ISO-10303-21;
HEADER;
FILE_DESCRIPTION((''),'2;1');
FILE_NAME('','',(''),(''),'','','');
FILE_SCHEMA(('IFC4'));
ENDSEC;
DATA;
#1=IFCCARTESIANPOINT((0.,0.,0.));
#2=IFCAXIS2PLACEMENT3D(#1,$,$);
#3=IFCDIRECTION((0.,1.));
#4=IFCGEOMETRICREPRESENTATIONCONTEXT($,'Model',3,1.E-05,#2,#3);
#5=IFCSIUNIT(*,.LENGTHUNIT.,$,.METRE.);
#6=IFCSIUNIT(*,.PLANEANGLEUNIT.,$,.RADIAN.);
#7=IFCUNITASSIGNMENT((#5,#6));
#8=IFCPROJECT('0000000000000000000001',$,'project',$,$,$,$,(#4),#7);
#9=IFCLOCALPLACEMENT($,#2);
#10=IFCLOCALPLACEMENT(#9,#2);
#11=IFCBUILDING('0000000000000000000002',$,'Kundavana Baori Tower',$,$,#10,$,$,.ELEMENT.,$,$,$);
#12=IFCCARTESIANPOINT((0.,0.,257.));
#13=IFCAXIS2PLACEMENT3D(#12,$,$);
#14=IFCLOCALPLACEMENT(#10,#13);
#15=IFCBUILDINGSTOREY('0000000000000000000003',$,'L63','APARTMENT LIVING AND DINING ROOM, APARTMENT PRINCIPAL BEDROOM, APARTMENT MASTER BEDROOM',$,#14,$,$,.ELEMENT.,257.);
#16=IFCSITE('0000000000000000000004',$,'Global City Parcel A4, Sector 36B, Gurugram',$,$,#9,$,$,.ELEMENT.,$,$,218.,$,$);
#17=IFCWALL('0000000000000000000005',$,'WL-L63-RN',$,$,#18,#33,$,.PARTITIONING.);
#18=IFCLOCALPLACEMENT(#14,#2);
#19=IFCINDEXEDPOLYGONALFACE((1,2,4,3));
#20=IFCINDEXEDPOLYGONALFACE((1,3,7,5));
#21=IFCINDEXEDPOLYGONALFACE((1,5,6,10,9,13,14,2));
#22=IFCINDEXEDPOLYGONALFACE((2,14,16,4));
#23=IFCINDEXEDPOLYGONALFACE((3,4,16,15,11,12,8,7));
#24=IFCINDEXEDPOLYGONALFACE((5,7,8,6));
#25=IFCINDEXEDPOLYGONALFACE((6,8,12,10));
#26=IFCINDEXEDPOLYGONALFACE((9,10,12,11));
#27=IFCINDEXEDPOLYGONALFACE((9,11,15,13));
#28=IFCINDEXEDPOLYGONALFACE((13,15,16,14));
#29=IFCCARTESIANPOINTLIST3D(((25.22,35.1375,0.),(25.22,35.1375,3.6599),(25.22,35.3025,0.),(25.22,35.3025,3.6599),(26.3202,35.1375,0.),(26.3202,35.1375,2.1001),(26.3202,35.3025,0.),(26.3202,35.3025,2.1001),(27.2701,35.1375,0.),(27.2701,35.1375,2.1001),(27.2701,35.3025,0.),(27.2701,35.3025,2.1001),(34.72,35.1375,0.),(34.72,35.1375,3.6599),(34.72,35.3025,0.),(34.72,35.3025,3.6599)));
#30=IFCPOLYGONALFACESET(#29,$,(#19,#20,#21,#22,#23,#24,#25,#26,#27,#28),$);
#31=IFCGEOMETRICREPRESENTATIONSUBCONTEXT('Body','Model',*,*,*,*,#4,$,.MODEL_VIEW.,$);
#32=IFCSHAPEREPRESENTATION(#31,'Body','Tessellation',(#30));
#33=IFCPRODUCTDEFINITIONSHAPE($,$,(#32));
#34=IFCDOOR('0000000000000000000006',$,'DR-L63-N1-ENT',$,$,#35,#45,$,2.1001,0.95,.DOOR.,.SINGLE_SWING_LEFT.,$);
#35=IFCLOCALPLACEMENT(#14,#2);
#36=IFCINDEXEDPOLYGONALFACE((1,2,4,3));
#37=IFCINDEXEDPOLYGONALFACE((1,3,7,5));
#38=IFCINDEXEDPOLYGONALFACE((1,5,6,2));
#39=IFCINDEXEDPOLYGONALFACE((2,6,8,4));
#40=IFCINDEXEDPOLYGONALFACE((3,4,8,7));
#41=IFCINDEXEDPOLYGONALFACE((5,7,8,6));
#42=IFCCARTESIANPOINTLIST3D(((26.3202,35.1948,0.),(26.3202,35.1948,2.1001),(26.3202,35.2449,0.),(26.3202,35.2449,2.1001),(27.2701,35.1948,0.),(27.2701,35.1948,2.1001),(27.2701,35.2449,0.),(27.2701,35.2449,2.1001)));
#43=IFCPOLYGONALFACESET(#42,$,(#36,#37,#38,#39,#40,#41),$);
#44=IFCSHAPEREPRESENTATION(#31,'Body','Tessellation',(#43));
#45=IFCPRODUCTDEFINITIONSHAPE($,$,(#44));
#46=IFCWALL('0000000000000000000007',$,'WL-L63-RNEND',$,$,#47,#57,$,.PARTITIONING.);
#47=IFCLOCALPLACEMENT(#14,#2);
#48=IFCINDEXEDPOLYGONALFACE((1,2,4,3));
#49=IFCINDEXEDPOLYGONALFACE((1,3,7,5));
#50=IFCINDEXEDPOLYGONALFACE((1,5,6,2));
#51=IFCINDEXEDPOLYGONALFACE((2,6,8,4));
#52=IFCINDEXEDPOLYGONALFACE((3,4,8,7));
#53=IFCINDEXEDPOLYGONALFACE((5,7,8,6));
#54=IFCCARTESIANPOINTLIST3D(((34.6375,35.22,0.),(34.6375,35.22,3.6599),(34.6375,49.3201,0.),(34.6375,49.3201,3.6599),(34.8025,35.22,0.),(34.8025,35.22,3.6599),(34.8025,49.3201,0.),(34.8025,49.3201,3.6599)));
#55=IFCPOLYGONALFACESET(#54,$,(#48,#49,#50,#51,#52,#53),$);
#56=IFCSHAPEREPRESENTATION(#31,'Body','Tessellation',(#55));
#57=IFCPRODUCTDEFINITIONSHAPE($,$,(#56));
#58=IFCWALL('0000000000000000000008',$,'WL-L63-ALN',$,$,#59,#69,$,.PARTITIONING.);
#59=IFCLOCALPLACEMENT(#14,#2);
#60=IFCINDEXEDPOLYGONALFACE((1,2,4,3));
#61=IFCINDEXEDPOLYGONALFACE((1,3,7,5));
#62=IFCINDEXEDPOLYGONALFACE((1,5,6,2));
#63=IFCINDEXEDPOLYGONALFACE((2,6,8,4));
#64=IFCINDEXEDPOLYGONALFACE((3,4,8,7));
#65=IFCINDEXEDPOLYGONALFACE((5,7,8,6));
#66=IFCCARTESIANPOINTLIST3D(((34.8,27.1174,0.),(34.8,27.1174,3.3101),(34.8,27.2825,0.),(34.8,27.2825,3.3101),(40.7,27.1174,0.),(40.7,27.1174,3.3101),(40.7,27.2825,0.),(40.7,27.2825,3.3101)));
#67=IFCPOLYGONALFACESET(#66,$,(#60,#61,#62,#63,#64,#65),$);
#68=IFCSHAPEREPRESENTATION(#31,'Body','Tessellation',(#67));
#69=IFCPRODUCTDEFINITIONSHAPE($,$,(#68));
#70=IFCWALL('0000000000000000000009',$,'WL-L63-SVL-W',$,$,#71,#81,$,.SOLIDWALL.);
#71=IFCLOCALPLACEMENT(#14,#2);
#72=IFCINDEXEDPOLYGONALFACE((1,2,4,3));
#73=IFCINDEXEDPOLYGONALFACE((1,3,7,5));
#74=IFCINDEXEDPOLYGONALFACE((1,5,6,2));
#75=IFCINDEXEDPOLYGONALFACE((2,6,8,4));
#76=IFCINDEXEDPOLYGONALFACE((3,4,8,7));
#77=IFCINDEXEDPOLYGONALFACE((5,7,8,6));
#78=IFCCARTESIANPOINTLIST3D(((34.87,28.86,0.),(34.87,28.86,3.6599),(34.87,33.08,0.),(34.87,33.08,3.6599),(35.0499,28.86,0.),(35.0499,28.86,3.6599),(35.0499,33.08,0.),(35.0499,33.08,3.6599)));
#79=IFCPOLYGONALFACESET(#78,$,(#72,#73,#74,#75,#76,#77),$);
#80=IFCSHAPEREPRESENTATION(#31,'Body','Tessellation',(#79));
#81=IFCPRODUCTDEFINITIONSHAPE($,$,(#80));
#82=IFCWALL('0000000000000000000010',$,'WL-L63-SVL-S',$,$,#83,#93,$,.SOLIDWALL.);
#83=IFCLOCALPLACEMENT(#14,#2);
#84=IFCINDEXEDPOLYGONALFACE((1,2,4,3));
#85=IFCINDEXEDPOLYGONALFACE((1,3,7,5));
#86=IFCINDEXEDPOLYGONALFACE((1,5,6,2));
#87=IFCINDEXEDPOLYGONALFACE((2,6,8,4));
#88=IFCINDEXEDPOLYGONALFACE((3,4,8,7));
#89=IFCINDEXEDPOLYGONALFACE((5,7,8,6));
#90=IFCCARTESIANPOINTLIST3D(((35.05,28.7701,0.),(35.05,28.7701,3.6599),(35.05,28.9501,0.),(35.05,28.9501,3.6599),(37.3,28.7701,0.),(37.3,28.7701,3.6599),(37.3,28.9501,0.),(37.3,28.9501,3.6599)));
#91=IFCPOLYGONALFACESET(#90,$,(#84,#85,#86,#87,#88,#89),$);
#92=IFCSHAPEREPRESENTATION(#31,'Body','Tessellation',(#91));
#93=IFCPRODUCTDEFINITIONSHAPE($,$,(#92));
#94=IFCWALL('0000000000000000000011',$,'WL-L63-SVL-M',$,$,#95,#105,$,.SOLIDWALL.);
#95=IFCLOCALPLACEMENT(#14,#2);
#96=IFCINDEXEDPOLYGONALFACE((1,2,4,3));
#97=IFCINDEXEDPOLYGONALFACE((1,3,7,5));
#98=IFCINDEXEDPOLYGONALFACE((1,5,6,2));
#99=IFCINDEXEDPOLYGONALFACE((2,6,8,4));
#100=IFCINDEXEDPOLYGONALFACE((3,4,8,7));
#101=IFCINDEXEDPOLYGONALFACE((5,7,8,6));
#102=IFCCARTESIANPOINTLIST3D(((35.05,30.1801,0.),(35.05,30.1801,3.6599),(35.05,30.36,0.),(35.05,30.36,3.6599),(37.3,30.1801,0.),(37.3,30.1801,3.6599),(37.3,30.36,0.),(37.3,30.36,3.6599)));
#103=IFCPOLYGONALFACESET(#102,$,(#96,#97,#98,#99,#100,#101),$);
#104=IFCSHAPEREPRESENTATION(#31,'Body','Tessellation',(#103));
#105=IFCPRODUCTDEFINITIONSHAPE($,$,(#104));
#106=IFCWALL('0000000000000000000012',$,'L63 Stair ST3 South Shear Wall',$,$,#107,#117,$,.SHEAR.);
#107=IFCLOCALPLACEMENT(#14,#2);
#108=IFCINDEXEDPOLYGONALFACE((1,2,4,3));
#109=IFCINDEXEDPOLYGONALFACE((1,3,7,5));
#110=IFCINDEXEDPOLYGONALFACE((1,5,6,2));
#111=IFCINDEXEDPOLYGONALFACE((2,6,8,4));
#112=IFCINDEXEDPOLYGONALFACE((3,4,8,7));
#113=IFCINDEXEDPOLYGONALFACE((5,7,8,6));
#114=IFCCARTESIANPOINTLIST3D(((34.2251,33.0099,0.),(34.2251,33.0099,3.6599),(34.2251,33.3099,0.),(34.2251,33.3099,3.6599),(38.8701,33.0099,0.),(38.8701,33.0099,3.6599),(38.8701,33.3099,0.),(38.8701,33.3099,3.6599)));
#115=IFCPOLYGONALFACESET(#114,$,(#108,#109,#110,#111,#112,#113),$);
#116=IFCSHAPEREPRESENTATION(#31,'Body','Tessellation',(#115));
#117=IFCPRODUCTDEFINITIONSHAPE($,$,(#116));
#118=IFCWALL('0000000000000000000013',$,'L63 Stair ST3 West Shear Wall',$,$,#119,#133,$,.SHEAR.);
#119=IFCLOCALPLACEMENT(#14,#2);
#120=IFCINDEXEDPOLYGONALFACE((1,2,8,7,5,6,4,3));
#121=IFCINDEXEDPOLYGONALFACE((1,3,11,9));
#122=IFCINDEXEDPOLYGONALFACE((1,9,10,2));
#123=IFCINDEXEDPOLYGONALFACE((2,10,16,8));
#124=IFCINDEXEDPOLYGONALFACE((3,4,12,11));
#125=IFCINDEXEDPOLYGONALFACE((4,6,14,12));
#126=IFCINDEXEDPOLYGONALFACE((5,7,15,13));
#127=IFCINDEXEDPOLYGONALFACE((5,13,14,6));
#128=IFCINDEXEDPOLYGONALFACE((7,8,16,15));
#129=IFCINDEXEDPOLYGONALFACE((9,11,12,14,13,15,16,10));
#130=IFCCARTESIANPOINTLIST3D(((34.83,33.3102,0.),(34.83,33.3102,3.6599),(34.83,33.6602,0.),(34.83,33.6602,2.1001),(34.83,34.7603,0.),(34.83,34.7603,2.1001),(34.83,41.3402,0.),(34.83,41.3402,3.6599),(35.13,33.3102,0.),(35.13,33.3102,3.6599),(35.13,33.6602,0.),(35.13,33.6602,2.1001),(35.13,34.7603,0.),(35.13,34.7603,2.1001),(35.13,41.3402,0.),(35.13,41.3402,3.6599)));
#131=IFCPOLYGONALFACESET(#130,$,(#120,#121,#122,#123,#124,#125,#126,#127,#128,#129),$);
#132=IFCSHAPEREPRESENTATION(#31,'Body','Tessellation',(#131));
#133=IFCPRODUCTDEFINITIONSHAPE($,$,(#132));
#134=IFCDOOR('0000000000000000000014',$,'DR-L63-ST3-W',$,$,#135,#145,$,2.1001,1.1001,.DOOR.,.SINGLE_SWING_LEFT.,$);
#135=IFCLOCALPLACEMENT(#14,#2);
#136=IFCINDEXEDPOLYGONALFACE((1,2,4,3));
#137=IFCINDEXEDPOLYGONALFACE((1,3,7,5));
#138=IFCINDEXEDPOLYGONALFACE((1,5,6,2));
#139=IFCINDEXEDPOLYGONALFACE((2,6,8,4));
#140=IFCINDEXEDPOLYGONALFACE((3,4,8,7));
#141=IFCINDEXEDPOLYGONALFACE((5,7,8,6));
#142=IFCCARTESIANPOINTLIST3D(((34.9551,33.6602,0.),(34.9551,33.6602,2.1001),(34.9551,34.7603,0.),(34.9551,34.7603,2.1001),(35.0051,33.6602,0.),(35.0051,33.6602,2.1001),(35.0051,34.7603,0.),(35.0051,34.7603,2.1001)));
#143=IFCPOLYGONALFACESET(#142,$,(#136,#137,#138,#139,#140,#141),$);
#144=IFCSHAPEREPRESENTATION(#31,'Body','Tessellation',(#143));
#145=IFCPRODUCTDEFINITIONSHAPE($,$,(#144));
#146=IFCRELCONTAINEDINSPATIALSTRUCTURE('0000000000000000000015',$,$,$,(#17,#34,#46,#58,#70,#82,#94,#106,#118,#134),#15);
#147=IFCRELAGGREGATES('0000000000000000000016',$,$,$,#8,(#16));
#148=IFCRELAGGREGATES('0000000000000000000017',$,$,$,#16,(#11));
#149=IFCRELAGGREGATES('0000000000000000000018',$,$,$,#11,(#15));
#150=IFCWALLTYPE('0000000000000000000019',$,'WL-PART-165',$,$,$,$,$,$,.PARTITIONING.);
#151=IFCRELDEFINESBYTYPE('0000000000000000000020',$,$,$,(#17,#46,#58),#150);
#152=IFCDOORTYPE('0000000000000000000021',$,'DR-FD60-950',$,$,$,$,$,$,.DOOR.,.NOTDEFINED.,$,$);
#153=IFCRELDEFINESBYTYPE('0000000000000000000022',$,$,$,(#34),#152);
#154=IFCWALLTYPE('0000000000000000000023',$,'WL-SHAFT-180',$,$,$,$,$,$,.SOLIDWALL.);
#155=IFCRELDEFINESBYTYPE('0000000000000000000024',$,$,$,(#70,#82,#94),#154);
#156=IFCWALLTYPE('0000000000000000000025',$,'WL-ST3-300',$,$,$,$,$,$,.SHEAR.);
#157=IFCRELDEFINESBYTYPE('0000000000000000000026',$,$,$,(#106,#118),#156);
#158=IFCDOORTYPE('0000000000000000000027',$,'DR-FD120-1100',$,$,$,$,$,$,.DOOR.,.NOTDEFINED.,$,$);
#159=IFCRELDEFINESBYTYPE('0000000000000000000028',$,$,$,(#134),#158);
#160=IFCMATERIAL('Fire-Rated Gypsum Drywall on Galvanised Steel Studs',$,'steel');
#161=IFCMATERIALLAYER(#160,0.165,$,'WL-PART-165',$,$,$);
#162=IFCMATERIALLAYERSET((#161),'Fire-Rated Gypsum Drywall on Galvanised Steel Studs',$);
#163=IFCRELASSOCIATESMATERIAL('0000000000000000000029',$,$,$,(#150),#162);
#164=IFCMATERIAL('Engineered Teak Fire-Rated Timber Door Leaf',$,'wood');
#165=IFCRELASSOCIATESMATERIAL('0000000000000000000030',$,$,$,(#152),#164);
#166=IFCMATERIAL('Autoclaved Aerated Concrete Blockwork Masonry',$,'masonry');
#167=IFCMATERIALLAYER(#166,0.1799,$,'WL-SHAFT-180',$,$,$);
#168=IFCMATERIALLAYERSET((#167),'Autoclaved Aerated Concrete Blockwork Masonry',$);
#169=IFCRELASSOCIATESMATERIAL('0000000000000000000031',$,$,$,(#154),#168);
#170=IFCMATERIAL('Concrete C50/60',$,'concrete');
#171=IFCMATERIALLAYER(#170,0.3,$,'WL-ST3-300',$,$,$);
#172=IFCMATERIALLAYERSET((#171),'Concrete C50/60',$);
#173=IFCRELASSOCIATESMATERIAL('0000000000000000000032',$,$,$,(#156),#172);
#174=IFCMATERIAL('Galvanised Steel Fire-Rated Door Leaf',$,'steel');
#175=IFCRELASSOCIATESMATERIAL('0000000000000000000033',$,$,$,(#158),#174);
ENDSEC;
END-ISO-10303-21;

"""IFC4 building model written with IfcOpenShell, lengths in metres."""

from ifc_helpers import new_model, si_unit, direction, frame, frame_2d, origin, place, context, subcontext, project, spatial, rectangle, extrude, material, layer, layer_set, type_object, element, fill, save


model = new_model("IFC4")

# Units and contexts
model_context = context("Model", 3, precision=1e-05, world=origin(), true_north=direction((0.0, 1.0)))
body_context = subcontext(model_context, "Body", "Model", "MODEL_VIEW")
ifc_project = project(units=[si_unit("LENGTHUNIT", "METRE"), si_unit("PLANEANGLEUNIT", "RADIAN")], contexts=[model_context])

# Site, building, storey
site_placement = place(None, origin())
site = spatial("IfcSite", under=ifc_project, at=site_placement, Name="Global City Parcel A4, Sector 36B, Gurugram", CompositionType="ELEMENT", RefElevation=218.0)
building_placement = place(site_placement, origin())
building = spatial("IfcBuilding", under=site, at=building_placement, Name="Kundavana Baori Tower", CompositionType="ELEMENT")
storey_placement = place(building_placement, frame((0.0, 0.0, 257.0)))
storey = spatial("IfcBuildingStorey", under=building, at=storey_placement, Name="L63", Description="APARTMENT LIVING AND DINING ROOM, APARTMENT PRINCIPAL BEDROOM, APARTMENT MASTER BEDROOM", CompositionType="ELEMENT", Elevation=257.0)

# Wall, opening, door
ifc_material_1 = material(Name="Fire-Rated Gypsum Drywall on Galvanised Steel Studs", Category="steel")
ifc_layer_1 = layer(ifc_material_1, 0.165, Name="WL-PART-165")
ifc_layer_set_1 = layer_set([ifc_layer_1], Name="Fire-Rated Gypsum Drywall on Galvanised Steel Studs")
wall_type_1 = type_object("IfcWallType", Name="WL-PART-165", PredefinedType="PARTITIONING", material=ifc_layer_set_1)
wall_1_placement = place(storey_placement, frame((25.22, 35.22, 0.0), z_axis=(0.0, 0.0, 1.0), x_axis=(1.0, 0.0, 0.0)))
wall_1 = element("IfcWall", 1, at=wall_1_placement, inside=storey, type_object=wall_type_1, Name="WL-L63-RN", PredefinedType="PARTITIONING", context=body_context, shape_type="SweptSolid", body=[
    extrude(rectangle(XDim=9.5, YDim=0.165, at=frame_2d((4.75, 0.0))), origin(), (0.0, 0.0, 1.0), 3.6599),
])
opening_1_placement = place(wall_1_placement, frame((1.1001, 0.0, 0.0)))
opening_1 = element("IfcOpeningElement", 2, at=opening_1_placement, cuts=wall_1, PredefinedType="OPENING", context=body_context, shape_type="SweptSolid", body=[
    extrude(rectangle(XDim=0.95, YDim=2.1001, at=frame_2d((0.4751, 1.05))), frame((0.0, 0.0925, 0.0), z_axis=(0.0, -1.0, 0.0), x_axis=(1.0, 0.0, 0.0)), (0.0, 0.0, 1.0), 0.1851),
])
ifc_material_2 = material(Name="Engineered Teak Fire-Rated Timber Door Leaf", Category="wood")
door_type_1 = type_object("IfcDoorType", Name="DR-FD60-950", OperationType="NOTDEFINED", PredefinedType="DOOR", material=ifc_material_2)
door_1_placement = place(opening_1_placement, origin())
door_1 = element("IfcDoor", 3, at=door_1_placement, inside=storey, type_object=door_type_1, Name="DR-L63-N1-ENT", OperationType="SINGLE_SWING_LEFT", OverallHeight=2.1001, OverallWidth=0.95, PredefinedType="DOOR", context=body_context, shape_type="SweptSolid", body=[
    extrude(rectangle(XDim=0.95, YDim=2.1001, at=frame_2d((0.4751, 1.05))), frame((0.0, 0.0249, 0.0), z_axis=(0.0, -1.0, 0.0), x_axis=(1.0, 0.0, 0.0)), (0.0, 0.0, 1.0), 0.05),
])
fill(opening_1, door_1)

# Walls
wall_2_placement = place(storey_placement, frame((34.72, 35.22, 0.0), z_axis=(0.0, 0.0, 1.0), x_axis=(0.0, 1.0, 0.0)))
element("IfcWall", 4, at=wall_2_placement, inside=storey, type_object=wall_type_1, Name="WL-L63-RNEND", PredefinedType="PARTITIONING", context=body_context, shape_type="SweptSolid", body=[
    extrude(rectangle(XDim=14.1001, YDim=0.165, at=frame_2d((7.05, 0.0))), origin(), (0.0, 0.0, 1.0), 3.6599),
])
wall_3_placement = place(storey_placement, frame((34.8, 27.2, 0.0), z_axis=(0.0, 0.0, 1.0), x_axis=(1.0, 0.0, 0.0)))
element("IfcWall", 5, at=wall_3_placement, inside=storey, type_object=wall_type_1, Name="WL-L63-ALN", PredefinedType="PARTITIONING", context=body_context, shape_type="SweptSolid", body=[
    extrude(rectangle(XDim=5.8999, YDim=0.165, at=frame_2d((2.95, 0.0))), origin(), (0.0, 0.0, 1.0), 3.3101),
])
ifc_material_3 = material(Name="Autoclaved Aerated Concrete Blockwork Masonry", Category="masonry")
ifc_layer_2 = layer(ifc_material_3, 0.1799, Name="WL-SHAFT-180")
ifc_layer_set_2 = layer_set([ifc_layer_2], Name="Autoclaved Aerated Concrete Blockwork Masonry")
wall_type_2 = type_object("IfcWallType", Name="WL-SHAFT-180", PredefinedType="SOLIDWALL", material=ifc_layer_set_2)
wall_4_placement = place(storey_placement, frame((34.96, 28.8601, 0.0), z_axis=(0.0, 0.0, 1.0), x_axis=(0.0, 1.0, 0.0)))
element("IfcWall", 6, at=wall_4_placement, inside=storey, type_object=wall_type_2, Name="WL-L63-SVL-W", PredefinedType="SOLIDWALL", context=body_context, shape_type="SweptSolid", body=[
    extrude(rectangle(XDim=4.22, YDim=0.1799, at=frame_2d((2.1099, 0.0))), origin(), (0.0, 0.0, 1.0), 3.6599),
])
for number, where, z_axis, x_axis, name in (
    (7, (35.05, 28.8601, 0.0), (0.0, 0.0, 1.0), (1.0, 0.0, 0.0), "WL-L63-SVL-S"),
    (8, (35.05, 30.27, 0.0), (0.0, 0.0, 1.0), (1.0, 0.0, 0.0), "WL-L63-SVL-M"),
):
    element("IfcWall", number, at=place(storey_placement, frame(where, z_axis=z_axis, x_axis=x_axis)), inside=storey, type_object=wall_type_2, Name=name, PredefinedType="SOLIDWALL", context=body_context, shape_type="SweptSolid", body=[
        extrude(rectangle(XDim=2.25, YDim=0.1799, at=frame_2d((1.125, 0.0))), origin(), (0.0, 0.0, 1.0), 3.6599),
    ])
ifc_material_4 = material(Name="Concrete C50/60", Category="concrete")
ifc_layer_3 = layer(ifc_material_4, 0.3, Name="WL-ST3-300")
ifc_layer_set_3 = layer_set([ifc_layer_3], Name="Concrete C50/60")
wall_type_3 = type_object("IfcWallType", Name="WL-ST3-300", PredefinedType="SHEAR", material=ifc_layer_set_3)
wall_5_placement = place(storey_placement, frame((34.2251, 33.1599, 0.0), z_axis=(0.0, 0.0, 1.0), x_axis=(1.0, 0.0, 0.0)))
element("IfcWall", 9, at=wall_5_placement, inside=storey, type_object=wall_type_3, Name="L63 Stair ST3 South Shear Wall", PredefinedType="SHEAR", context=body_context, shape_type="SweptSolid", body=[
    extrude(rectangle(XDim=4.645, YDim=0.3, at=frame_2d((2.3225, 0.0))), origin(), (0.0, 0.0, 1.0), 3.6599),
])

# Wall, opening, door
wall_6_placement = place(storey_placement, frame((34.98, 33.3101, 0.0), z_axis=(0.0, 0.0, 1.0), x_axis=(0.0, 1.0, 0.0)))
wall_6 = element("IfcWall", 10, at=wall_6_placement, inside=storey, type_object=wall_type_3, Name="L63 Stair ST3 West Shear Wall", PredefinedType="SHEAR", context=body_context, shape_type="SweptSolid", body=[
    extrude(rectangle(XDim=8.03, YDim=0.3, at=frame_2d((4.0151, 0.0))), origin(), (0.0, 0.0, 1.0), 3.6599),
])
opening_2_placement = place(wall_6_placement, frame((0.3501, 0.0, 0.0)))
opening_2 = element("IfcOpeningElement", 11, at=opening_2_placement, cuts=wall_6, PredefinedType="OPENING", context=body_context, shape_type="SweptSolid", body=[
    extrude(rectangle(XDim=1.1001, YDim=2.1001, at=frame_2d((0.55, 1.05))), frame((0.0, 0.1602, 0.0), z_axis=(0.0, -1.0, 0.0), x_axis=(1.0, 0.0, 0.0)), (0.0, 0.0, 1.0), 0.3201),
])
ifc_material_5 = material(Name="Galvanised Steel Fire-Rated Door Leaf", Category="steel")
door_type_2 = type_object("IfcDoorType", Name="DR-FD120-1100", OperationType="NOTDEFINED", PredefinedType="DOOR", material=ifc_material_5)
door_2_placement = place(opening_2_placement, origin())
door_2 = element("IfcDoor", 12, at=door_2_placement, inside=storey, type_object=door_type_2, Name="DR-L63-ST3-W", OperationType="SINGLE_SWING_LEFT", OverallHeight=2.1001, OverallWidth=1.1001, PredefinedType="DOOR", context=body_context, shape_type="SweptSolid", body=[
    extrude(rectangle(XDim=1.1001, YDim=2.1001, at=frame_2d((0.55, 1.05))), frame((0.0, 0.0249, 0.0), z_axis=(0.0, -1.0, 0.0), x_axis=(1.0, 0.0, 0.0)), (0.0, 0.0, 1.0), 0.05),
])
fill(opening_2, door_2)

save(model, "model.ifc")
